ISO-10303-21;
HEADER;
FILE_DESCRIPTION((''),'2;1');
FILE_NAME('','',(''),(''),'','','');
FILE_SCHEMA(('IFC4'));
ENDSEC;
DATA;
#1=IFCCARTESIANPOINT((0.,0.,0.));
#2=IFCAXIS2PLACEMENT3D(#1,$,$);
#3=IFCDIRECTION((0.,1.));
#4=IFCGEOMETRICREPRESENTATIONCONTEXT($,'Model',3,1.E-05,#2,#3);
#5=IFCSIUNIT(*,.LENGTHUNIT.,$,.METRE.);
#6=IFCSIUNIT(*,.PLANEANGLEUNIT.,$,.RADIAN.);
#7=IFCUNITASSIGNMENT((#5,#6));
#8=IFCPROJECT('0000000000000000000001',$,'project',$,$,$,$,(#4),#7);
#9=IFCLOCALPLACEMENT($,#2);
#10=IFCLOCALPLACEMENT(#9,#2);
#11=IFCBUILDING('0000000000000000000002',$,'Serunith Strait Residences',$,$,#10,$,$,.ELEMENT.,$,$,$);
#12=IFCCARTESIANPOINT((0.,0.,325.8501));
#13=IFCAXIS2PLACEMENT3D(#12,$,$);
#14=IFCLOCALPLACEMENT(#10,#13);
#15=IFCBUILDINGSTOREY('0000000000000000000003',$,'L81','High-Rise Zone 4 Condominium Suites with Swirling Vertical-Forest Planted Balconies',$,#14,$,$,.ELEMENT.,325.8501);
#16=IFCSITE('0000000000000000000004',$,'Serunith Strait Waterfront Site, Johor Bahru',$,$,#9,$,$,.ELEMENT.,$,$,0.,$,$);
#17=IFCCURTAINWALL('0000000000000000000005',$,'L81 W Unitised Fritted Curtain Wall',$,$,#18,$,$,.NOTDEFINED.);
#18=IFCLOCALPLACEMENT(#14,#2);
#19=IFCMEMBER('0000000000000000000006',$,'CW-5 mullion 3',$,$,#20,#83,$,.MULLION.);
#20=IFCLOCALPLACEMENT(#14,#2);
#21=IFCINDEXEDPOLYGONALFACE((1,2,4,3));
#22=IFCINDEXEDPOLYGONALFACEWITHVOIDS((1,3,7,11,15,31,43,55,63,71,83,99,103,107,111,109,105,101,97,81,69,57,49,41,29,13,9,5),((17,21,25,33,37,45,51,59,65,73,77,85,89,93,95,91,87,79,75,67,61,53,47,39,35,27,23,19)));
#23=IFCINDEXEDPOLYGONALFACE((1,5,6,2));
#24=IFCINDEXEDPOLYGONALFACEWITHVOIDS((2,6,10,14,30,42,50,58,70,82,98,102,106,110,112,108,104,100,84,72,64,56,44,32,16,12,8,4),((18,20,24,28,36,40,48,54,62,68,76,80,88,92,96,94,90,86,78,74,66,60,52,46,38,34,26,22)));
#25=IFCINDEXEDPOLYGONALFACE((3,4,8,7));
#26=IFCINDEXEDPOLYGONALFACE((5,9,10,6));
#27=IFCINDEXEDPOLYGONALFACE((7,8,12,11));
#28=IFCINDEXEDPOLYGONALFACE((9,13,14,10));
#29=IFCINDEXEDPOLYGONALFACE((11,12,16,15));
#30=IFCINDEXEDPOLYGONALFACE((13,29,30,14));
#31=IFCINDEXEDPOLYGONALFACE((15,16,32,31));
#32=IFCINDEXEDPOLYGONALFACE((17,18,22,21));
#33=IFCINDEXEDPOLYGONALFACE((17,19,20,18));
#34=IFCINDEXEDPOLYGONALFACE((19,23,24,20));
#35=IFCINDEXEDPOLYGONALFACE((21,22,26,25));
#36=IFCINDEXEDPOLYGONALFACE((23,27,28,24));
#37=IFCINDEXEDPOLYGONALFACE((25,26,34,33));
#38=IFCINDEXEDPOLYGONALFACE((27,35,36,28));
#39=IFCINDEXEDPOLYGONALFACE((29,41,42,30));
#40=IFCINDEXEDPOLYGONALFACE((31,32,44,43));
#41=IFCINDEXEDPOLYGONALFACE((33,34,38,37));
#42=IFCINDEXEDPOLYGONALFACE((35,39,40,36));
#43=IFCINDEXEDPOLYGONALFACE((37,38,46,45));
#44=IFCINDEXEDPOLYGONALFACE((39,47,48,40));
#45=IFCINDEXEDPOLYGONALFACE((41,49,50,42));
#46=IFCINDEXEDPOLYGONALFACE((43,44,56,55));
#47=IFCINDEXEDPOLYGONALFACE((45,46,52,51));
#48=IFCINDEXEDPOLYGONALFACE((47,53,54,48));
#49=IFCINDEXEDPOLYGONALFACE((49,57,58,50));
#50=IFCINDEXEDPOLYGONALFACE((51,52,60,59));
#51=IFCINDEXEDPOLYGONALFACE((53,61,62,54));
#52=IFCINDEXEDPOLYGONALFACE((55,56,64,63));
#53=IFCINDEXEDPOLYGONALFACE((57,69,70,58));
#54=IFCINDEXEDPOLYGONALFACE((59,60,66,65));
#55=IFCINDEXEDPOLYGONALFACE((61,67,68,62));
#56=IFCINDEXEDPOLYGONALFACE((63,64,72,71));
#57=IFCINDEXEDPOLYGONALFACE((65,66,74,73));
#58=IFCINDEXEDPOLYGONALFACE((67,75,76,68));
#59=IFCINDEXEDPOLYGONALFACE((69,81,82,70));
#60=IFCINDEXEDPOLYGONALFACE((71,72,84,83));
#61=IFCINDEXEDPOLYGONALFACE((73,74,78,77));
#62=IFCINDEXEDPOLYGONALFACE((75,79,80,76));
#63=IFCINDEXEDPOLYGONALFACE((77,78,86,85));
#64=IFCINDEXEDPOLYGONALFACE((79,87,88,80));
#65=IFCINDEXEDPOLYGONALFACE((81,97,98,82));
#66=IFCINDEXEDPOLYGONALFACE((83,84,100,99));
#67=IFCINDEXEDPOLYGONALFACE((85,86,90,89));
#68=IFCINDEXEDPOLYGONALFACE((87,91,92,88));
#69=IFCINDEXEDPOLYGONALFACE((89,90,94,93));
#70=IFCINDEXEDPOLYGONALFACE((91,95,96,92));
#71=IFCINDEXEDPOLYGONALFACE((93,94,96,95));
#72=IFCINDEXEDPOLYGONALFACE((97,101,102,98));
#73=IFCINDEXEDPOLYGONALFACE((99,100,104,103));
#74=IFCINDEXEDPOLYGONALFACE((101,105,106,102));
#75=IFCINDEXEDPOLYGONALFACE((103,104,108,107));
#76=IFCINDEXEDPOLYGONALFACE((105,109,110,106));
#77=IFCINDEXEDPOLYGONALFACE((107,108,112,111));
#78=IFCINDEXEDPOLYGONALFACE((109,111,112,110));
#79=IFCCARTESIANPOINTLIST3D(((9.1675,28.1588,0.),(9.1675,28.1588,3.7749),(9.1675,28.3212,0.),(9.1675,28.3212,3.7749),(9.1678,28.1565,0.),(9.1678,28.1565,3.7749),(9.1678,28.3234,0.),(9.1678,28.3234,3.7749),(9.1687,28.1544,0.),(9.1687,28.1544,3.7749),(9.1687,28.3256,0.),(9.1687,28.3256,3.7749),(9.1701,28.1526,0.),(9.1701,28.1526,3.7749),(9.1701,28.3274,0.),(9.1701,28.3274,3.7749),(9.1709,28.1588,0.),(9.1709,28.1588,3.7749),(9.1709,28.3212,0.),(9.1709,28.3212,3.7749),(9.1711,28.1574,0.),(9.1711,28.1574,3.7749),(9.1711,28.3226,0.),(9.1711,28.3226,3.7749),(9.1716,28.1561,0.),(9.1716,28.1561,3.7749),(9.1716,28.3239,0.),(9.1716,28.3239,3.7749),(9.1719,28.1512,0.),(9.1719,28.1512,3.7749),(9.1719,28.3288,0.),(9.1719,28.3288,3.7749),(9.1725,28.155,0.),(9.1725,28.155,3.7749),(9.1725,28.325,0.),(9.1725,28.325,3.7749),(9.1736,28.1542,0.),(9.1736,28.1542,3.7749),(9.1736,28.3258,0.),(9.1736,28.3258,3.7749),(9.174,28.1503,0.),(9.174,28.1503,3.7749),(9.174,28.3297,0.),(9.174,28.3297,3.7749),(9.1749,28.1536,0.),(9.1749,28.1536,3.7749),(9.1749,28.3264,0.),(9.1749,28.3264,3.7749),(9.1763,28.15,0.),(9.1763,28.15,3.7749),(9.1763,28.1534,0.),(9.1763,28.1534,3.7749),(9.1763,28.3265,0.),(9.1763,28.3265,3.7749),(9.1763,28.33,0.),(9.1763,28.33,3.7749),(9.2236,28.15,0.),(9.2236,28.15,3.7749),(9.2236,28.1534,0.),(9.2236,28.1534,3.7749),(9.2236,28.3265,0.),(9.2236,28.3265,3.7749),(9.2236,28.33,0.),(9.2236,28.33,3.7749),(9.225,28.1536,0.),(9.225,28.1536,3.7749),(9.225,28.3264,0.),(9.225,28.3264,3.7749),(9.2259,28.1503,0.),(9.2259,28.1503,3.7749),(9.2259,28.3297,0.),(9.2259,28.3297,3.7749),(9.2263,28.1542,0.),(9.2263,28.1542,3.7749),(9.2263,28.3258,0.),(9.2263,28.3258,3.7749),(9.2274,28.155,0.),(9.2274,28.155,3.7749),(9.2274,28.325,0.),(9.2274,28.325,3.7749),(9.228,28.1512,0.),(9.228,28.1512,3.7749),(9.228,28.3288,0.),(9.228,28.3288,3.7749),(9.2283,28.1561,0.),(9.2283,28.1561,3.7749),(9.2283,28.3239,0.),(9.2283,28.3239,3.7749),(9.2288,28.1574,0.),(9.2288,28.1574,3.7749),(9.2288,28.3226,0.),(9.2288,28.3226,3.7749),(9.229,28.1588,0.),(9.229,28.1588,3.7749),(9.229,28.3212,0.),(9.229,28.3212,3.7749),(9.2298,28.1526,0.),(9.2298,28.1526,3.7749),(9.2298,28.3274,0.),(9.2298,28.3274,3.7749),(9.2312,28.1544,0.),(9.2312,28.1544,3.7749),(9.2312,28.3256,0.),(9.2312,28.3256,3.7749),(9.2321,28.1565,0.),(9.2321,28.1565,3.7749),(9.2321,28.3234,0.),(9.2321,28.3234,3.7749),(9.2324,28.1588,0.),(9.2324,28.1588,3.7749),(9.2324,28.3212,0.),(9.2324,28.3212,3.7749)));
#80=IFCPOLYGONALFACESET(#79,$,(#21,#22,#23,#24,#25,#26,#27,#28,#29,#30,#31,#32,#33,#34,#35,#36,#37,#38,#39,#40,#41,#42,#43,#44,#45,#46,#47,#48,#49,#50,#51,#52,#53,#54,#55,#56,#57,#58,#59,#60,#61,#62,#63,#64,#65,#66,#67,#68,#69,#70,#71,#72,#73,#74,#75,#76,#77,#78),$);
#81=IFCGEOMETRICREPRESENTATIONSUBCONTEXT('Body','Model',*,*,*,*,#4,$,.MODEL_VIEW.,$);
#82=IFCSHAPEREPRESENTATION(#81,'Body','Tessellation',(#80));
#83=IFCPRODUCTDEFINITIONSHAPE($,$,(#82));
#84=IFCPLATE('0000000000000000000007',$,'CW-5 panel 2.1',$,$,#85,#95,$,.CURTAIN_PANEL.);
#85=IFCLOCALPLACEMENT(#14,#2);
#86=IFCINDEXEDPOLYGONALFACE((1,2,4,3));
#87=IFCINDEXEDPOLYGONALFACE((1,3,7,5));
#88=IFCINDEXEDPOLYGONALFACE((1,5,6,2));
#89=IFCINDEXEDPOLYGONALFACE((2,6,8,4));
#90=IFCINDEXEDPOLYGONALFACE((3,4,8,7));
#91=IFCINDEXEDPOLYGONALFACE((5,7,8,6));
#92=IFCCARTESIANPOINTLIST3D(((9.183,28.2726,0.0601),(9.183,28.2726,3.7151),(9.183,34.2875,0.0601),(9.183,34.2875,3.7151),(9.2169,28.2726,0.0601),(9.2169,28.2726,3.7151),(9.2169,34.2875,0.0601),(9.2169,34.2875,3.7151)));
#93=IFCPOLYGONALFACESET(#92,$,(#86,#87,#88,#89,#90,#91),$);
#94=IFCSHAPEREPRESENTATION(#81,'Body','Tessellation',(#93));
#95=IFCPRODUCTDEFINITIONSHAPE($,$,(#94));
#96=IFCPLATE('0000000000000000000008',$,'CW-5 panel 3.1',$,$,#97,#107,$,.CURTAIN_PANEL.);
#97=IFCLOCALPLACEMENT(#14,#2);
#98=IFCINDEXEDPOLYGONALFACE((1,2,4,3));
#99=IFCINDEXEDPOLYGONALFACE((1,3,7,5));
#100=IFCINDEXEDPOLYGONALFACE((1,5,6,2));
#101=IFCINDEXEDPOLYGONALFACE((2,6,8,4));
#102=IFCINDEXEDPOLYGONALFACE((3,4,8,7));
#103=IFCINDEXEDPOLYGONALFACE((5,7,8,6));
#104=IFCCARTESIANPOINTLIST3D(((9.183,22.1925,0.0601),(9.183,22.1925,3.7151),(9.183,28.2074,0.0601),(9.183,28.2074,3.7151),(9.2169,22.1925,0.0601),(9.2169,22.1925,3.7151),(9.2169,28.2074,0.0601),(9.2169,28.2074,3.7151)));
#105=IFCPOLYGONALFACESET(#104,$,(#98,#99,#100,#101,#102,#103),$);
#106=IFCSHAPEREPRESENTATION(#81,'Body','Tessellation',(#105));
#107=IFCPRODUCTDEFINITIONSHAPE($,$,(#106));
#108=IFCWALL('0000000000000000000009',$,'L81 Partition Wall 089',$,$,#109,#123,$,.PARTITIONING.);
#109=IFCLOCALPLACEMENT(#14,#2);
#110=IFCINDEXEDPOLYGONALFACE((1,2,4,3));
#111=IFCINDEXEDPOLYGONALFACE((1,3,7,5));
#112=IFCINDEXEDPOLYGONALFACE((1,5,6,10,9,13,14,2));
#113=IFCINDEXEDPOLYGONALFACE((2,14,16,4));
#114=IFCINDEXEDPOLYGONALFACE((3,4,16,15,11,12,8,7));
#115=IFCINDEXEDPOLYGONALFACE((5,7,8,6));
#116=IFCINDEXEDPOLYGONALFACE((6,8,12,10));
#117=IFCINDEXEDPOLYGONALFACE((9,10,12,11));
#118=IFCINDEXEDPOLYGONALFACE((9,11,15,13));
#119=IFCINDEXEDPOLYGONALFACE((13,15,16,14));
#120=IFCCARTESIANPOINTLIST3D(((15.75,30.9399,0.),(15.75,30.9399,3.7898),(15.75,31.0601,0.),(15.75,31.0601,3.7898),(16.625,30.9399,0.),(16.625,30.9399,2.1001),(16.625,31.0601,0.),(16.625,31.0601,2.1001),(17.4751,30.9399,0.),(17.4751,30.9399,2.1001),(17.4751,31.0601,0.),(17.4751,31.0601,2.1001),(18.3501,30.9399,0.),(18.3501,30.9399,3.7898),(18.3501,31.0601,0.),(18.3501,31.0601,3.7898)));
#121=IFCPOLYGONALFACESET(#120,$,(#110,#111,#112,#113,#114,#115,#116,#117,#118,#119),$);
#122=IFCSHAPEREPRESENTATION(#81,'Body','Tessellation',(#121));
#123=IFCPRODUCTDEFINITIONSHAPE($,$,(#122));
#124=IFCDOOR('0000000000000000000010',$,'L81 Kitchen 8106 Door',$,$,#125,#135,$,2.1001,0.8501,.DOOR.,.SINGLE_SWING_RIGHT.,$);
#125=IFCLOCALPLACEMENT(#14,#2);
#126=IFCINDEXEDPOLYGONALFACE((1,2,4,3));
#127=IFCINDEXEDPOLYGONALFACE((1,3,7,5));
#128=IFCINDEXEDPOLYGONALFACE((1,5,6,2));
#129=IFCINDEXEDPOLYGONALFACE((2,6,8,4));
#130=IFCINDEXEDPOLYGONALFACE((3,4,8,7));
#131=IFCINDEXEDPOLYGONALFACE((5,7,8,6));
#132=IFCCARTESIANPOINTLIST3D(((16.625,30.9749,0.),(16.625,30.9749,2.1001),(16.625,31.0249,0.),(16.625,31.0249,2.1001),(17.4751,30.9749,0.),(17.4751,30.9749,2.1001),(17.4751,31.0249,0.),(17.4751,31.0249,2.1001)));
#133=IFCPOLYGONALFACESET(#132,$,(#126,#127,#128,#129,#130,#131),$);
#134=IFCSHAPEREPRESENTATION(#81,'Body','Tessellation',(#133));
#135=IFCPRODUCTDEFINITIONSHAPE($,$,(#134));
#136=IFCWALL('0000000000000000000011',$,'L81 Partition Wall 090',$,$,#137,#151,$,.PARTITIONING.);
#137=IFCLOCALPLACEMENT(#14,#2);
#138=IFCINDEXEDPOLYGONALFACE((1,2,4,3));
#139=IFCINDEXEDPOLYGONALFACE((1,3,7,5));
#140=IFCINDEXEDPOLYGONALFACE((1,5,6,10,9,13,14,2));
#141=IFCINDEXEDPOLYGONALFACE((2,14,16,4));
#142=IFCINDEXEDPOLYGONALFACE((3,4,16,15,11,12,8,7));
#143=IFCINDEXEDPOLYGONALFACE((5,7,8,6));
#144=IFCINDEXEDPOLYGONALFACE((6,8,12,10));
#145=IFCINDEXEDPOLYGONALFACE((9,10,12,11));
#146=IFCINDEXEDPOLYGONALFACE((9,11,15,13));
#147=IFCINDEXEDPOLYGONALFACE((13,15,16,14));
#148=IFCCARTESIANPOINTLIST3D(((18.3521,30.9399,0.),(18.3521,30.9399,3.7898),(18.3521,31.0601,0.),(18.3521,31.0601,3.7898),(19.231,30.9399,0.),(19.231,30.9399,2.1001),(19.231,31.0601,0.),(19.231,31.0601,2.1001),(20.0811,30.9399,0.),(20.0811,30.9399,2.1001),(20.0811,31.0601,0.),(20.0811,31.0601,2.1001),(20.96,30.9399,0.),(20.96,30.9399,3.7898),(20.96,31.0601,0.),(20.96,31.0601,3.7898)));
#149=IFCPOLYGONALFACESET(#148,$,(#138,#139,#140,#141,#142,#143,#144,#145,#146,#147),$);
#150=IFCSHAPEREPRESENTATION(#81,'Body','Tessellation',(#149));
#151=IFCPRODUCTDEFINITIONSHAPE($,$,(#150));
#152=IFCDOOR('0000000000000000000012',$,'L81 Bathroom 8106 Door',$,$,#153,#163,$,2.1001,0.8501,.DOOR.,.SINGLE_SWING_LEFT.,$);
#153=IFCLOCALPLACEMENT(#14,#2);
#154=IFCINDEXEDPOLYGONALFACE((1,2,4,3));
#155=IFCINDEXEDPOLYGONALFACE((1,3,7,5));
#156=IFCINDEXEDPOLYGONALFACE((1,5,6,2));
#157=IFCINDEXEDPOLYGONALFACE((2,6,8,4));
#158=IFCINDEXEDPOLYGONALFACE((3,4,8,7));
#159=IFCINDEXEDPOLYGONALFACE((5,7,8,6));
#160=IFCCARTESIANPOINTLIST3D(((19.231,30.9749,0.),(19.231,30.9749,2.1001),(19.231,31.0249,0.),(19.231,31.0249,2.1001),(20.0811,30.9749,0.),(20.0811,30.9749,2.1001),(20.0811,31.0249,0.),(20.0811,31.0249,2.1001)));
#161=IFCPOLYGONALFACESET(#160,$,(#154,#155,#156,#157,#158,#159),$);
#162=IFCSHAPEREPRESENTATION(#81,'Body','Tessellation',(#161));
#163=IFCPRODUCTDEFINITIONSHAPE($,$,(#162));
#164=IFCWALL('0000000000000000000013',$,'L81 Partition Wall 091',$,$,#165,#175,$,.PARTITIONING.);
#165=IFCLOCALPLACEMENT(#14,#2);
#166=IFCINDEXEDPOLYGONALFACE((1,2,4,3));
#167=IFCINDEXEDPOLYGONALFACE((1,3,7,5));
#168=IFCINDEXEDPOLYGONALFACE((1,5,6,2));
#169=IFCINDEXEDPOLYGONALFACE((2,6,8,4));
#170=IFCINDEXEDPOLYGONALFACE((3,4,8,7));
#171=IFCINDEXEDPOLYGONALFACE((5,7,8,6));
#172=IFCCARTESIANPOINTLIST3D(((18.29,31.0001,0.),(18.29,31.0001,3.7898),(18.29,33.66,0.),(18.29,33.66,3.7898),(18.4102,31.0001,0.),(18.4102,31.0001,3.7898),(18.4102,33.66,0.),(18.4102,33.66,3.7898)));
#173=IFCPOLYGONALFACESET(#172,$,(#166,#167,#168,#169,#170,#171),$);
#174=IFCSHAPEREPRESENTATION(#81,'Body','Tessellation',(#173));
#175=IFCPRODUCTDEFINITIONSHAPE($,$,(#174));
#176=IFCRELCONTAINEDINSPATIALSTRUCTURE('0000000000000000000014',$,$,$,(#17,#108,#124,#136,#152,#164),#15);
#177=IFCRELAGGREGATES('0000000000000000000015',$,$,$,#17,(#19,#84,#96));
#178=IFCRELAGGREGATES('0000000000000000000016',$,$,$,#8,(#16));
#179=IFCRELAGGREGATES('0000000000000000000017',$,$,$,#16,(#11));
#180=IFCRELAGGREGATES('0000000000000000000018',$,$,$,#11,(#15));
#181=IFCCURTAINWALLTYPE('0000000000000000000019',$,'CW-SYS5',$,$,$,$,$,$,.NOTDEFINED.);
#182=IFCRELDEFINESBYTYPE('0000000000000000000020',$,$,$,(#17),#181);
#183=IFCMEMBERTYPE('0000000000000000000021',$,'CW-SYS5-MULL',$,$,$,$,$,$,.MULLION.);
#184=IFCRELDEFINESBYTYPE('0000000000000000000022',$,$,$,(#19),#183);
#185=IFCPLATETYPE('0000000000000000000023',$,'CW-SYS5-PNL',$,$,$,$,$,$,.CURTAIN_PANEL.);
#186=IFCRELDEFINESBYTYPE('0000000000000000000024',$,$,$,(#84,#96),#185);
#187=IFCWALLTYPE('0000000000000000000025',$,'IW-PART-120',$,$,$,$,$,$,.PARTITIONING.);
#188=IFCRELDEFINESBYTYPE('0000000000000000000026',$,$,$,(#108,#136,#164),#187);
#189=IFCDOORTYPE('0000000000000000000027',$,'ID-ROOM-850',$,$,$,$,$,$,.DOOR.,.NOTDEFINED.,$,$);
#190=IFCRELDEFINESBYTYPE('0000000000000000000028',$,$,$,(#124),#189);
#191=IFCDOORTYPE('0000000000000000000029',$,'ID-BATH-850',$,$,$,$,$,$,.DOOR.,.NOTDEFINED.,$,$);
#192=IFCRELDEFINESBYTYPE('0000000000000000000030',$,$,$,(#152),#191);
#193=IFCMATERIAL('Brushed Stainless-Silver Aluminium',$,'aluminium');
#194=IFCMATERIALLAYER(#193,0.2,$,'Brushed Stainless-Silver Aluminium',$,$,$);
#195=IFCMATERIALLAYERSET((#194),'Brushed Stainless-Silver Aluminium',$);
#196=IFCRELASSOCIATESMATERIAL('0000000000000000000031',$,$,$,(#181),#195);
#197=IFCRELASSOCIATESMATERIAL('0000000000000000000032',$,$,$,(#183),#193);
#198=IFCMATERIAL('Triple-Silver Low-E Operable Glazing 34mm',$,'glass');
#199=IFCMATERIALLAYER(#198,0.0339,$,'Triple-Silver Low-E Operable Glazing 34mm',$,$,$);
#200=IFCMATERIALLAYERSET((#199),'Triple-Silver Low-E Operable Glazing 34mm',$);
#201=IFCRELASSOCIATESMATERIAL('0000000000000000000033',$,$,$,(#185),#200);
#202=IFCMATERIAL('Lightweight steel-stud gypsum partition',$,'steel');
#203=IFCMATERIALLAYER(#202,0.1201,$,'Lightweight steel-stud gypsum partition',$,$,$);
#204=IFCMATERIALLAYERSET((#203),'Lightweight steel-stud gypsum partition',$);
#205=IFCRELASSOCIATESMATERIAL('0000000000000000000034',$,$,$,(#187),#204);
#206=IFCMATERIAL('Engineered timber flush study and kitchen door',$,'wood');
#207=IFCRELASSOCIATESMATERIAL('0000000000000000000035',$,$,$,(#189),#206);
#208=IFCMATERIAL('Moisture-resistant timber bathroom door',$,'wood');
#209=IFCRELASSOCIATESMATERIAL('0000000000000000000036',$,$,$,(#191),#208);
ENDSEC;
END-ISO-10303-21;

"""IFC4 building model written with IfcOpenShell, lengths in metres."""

from ifc_helpers import new_model, si_unit, direction, frame, frame_2d, origin, origin_2d, place, context, subcontext, project, spatial, rectangle, hollow_rectangle, extrude, source, transform, mapped, material, layer, layer_set, material_profile, profile_set, type_object, element, fill, aggregate, save


model = new_model("IFC4")

# Units and contexts
model_context = context("Model", 3, precision=1e-05, world=origin(), true_north=direction((0.0, 1.0)))
body_context = subcontext(model_context, "Body", "Model", "MODEL_VIEW")
ifc_project = project(units=[si_unit("LENGTHUNIT", "METRE"), si_unit("PLANEANGLEUNIT", "RADIAN")], contexts=[model_context])

# Site, building, storey
site_placement = place(None, origin())
site = spatial("IfcSite", under=ifc_project, at=site_placement, Name="Serunith Strait Waterfront Site, Johor Bahru", CompositionType="ELEMENT", RefElevation=0.0)
building_placement = place(site_placement, origin())
building = spatial("IfcBuilding", under=site, at=building_placement, Name="Serunith Strait Residences", CompositionType="ELEMENT")
storey_placement = place(building_placement, frame((0.0, 0.0, 325.8501)))
storey = spatial("IfcBuildingStorey", under=building, at=storey_placement, Name="L81", Description="High-Rise Zone 4 Condominium Suites with Swirling Vertical-Forest Planted Balconies", CompositionType="ELEMENT", Elevation=325.8501)

# Curtain wall, member, plates
ifc_material_1 = material(Name="Brushed Stainless-Silver Aluminium", Category="aluminium")
ifc_layer_1 = layer(ifc_material_1, 0.2, Name="Brushed Stainless-Silver Aluminium")
ifc_layer_set_1 = layer_set([ifc_layer_1], Name="Brushed Stainless-Silver Aluminium")
curtain_wall_type = type_object("IfcCurtainWallType", Name="CW-SYS5", PredefinedType="NOTDEFINED", material=ifc_layer_set_1)
curtain_wall_placement = place(storey_placement, origin())
curtain_wall = element("IfcCurtainWall", 1, at=curtain_wall_placement, inside=storey, type_object=curtain_wall_type, Name="L81 W Unitised Fritted Curtain Wall", PredefinedType="NOTDEFINED")
ifc_material_profile_1 = material_profile(ifc_material_1, hollow_rectangle(XDim=0.0649, YDim=0.1799, WallThickness=0.0034, InnerFilletRadius=0.0054, OuterFilletRadius=0.0088, at=origin_2d()), Name="ALU 180x65x3.5")
ifc_profile_set_1 = profile_set([ifc_material_profile_1], Name="Brushed Stainless-Silver Aluminium")
member_type_1 = type_object("IfcMemberType", Name="CW-SYS5-MULL", PredefinedType="MULLION", material=ifc_profile_set_1)
shared_shape_1 = source(origin(), body_context, "Body", "SweptSolid", [
    extrude(hollow_rectangle(XDim=0.0649, YDim=0.1799, WallThickness=0.0034, InnerFilletRadius=0.0054, OuterFilletRadius=0.0088, at=origin_2d()), origin(), (0.0, 0.0, 1.0), 3.7749),
])
member_1_placement = place(storey_placement, frame((9.2, 28.24, 0.0), z_axis=(0.0, 0.0, 1.0), x_axis=(1.0, 0.0, 0.0)))
member_1 = element("IfcMember", 2, at=member_1_placement, type_object=member_type_1, Name="CW-5 mullion 3", PredefinedType="MULLION", context=body_context, shape_type="MappedRepresentation", body=[
    mapped(shared_shape_1, transform((0.0, 0.0, 0.0), scale=1.0)),
])
ifc_material_2 = material(Name="Triple-Silver Low-E Operable Glazing 34mm", Category="glass")
ifc_layer_2 = layer(ifc_material_2, 0.0339, Name="Triple-Silver Low-E Operable Glazing 34mm")
ifc_layer_set_2 = layer_set([ifc_layer_2], Name="Triple-Silver Low-E Operable Glazing 34mm")
plate_type = type_object("IfcPlateType", Name="CW-SYS5-PNL", PredefinedType="CURTAIN_PANEL", material=ifc_layer_set_2)
shared_shape_2 = source(origin(), body_context, "Body", "SweptSolid", [
    extrude(rectangle(XDim=6.0149, YDim=0.0339, at=origin_2d()), origin(), (0.0, 0.0, 1.0), 3.655),
])
plate_1_placement = place(storey_placement, frame((9.2, 31.28, 0.0601), z_axis=(0.0, 0.0, 1.0), x_axis=(0.0, -1.0, 0.0)))
plate_1 = element("IfcPlate", 3, at=plate_1_placement, type_object=plate_type, Name="CW-5 panel 2.1", PredefinedType="CURTAIN_PANEL", context=body_context, shape_type="MappedRepresentation", body=[
    mapped(shared_shape_2, transform((0.0, 0.0, 0.0), scale=1.0)),
])
plate_2_placement = place(storey_placement, frame((9.2, 25.2, 0.0601), z_axis=(0.0, 0.0, 1.0), x_axis=(0.0, -1.0, 0.0)))
plate_2 = element("IfcPlate", 4, at=plate_2_placement, type_object=plate_type, Name="CW-5 panel 3.1", PredefinedType="CURTAIN_PANEL", context=body_context, shape_type="MappedRepresentation", body=[
    mapped(shared_shape_2, transform((0.0, 0.0, 0.0), scale=1.0)),
])
aggregate(curtain_wall, [member_1, plate_1, plate_2])

# Walls, openings, doors
ifc_material_3 = material(Name="Lightweight steel-stud gypsum partition", Category="steel")
ifc_layer_3 = layer(ifc_material_3, 0.1201, Name="Lightweight steel-stud gypsum partition")
ifc_layer_set_3 = layer_set([ifc_layer_3], Name="Lightweight steel-stud gypsum partition")
wall_type_1 = type_object("IfcWallType", Name="IW-PART-120", PredefinedType="PARTITIONING", material=ifc_layer_set_3)
wall_1_placement = place(storey_placement, frame((15.75, 31.0, 0.0), z_axis=(0.0, 0.0, 1.0), x_axis=(1.0, 0.0, 0.0)))
wall_1 = element("IfcWall", 5, at=wall_1_placement, inside=storey, type_object=wall_type_1, Name="L81 Partition Wall 089", PredefinedType="PARTITIONING", context=body_context, shape_type="SweptSolid", body=[
    extrude(rectangle(XDim=2.6001, YDim=0.1201, at=frame_2d((1.3, 0.0))), origin(), (0.0, 0.0, 1.0), 3.7898),
])
opening_1_placement = place(wall_1_placement, frame((0.875, 0.0, 0.0)))
opening_1 = element("IfcOpeningElement", 6, at=opening_1_placement, cuts=wall_1, PredefinedType="OPENING", context=body_context, shape_type="SweptSolid", body=[
    extrude(rectangle(XDim=0.8501, YDim=2.1001, at=frame_2d((0.425, 1.05))), frame((0.0, 0.0701, 0.0), z_axis=(0.0, -1.0, 0.0), x_axis=(1.0, 0.0, 0.0)), (0.0, 0.0, 1.0), 0.1401),
])
ifc_material_4 = material(Name="Engineered timber flush study and kitchen door", Category="wood")
door_type_1 = type_object("IfcDoorType", Name="ID-ROOM-850", OperationType="NOTDEFINED", PredefinedType="DOOR", material=ifc_material_4)
shared_shape_3 = source(origin(), body_context, "Body", "SweptSolid", [
    extrude(rectangle(XDim=0.8501, YDim=2.1001, at=frame_2d((0.425, 1.05))), frame((0.0, 0.0249, 0.0), z_axis=(0.0, -1.0, 0.0), x_axis=(1.0, 0.0, 0.0)), (0.0, 0.0, 1.0), 0.05),
])
door_1_placement = place(opening_1_placement, origin())
door_1 = element("IfcDoor", 7, at=door_1_placement, inside=storey, type_object=door_type_1, Name="L81 Kitchen 8106 Door", OperationType="SINGLE_SWING_RIGHT", OverallHeight=2.1001, OverallWidth=0.8501, PredefinedType="DOOR", context=body_context, shape_type="MappedRepresentation", body=[
    mapped(shared_shape_3, transform((0.0, 0.0, 0.0), scale=1.0)),
])
fill(opening_1, door_1)
wall_2_placement = place(storey_placement, frame((18.3521, 31.0, 0.0), z_axis=(0.0, 0.0, 1.0), x_axis=(1.0, 0.0, 0.0)))
wall_2 = element("IfcWall", 8, at=wall_2_placement, inside=storey, type_object=wall_type_1, Name="L81 Partition Wall 090", PredefinedType="PARTITIONING", context=body_context, shape_type="SweptSolid", body=[
    extrude(rectangle(XDim=2.6079, YDim=0.1201, at=frame_2d((1.304, 0.0))), origin(), (0.0, 0.0, 1.0), 3.7898),
])
opening_2_placement = place(wall_2_placement, frame((0.8789, 0.0, 0.0)))
opening_2 = element("IfcOpeningElement", 9, at=opening_2_placement, cuts=wall_2, PredefinedType="OPENING", context=body_context, shape_type="SweptSolid", body=[
    extrude(rectangle(XDim=0.8501, YDim=2.1001, at=frame_2d((0.425, 1.05))), frame((0.0, 0.0701, 0.0), z_axis=(0.0, -1.0, 0.0), x_axis=(1.0, 0.0, 0.0)), (0.0, 0.0, 1.0), 0.1401),
])
ifc_material_5 = material(Name="Moisture-resistant timber bathroom door", Category="wood")
door_type_2 = type_object("IfcDoorType", Name="ID-BATH-850", OperationType="NOTDEFINED", PredefinedType="DOOR", material=ifc_material_5)
door_2_placement = place(opening_2_placement, origin())
door_2 = element("IfcDoor", 10, at=door_2_placement, inside=storey, type_object=door_type_2, Name="L81 Bathroom 8106 Door", OperationType="SINGLE_SWING_LEFT", OverallHeight=2.1001, OverallWidth=0.8501, PredefinedType="DOOR", context=body_context, shape_type="MappedRepresentation", body=[
    mapped(shared_shape_3, transform((0.0, 0.0, 0.0), scale=1.0)),
])
fill(opening_2, door_2)

# Wall
for number, where, z_axis, x_axis, name in (
    (11, (18.3501, 31.0, 0.0), (0.0, 0.0, 1.0), (0.0, 1.0, 0.0), "L81 Partition Wall 091"),
):
    element("IfcWall", number, at=place(storey_placement, frame(where, z_axis=z_axis, x_axis=x_axis)), inside=storey, type_object=wall_type_1, Name=name, PredefinedType="PARTITIONING", context=body_context, shape_type="SweptSolid", body=[
        extrude(rectangle(XDim=2.6599, YDim=0.1201, at=frame_2d((1.3301, 0.0))), origin(), (0.0, 0.0, 1.0), 3.7898),
    ])

save(model, "model.ifc")
